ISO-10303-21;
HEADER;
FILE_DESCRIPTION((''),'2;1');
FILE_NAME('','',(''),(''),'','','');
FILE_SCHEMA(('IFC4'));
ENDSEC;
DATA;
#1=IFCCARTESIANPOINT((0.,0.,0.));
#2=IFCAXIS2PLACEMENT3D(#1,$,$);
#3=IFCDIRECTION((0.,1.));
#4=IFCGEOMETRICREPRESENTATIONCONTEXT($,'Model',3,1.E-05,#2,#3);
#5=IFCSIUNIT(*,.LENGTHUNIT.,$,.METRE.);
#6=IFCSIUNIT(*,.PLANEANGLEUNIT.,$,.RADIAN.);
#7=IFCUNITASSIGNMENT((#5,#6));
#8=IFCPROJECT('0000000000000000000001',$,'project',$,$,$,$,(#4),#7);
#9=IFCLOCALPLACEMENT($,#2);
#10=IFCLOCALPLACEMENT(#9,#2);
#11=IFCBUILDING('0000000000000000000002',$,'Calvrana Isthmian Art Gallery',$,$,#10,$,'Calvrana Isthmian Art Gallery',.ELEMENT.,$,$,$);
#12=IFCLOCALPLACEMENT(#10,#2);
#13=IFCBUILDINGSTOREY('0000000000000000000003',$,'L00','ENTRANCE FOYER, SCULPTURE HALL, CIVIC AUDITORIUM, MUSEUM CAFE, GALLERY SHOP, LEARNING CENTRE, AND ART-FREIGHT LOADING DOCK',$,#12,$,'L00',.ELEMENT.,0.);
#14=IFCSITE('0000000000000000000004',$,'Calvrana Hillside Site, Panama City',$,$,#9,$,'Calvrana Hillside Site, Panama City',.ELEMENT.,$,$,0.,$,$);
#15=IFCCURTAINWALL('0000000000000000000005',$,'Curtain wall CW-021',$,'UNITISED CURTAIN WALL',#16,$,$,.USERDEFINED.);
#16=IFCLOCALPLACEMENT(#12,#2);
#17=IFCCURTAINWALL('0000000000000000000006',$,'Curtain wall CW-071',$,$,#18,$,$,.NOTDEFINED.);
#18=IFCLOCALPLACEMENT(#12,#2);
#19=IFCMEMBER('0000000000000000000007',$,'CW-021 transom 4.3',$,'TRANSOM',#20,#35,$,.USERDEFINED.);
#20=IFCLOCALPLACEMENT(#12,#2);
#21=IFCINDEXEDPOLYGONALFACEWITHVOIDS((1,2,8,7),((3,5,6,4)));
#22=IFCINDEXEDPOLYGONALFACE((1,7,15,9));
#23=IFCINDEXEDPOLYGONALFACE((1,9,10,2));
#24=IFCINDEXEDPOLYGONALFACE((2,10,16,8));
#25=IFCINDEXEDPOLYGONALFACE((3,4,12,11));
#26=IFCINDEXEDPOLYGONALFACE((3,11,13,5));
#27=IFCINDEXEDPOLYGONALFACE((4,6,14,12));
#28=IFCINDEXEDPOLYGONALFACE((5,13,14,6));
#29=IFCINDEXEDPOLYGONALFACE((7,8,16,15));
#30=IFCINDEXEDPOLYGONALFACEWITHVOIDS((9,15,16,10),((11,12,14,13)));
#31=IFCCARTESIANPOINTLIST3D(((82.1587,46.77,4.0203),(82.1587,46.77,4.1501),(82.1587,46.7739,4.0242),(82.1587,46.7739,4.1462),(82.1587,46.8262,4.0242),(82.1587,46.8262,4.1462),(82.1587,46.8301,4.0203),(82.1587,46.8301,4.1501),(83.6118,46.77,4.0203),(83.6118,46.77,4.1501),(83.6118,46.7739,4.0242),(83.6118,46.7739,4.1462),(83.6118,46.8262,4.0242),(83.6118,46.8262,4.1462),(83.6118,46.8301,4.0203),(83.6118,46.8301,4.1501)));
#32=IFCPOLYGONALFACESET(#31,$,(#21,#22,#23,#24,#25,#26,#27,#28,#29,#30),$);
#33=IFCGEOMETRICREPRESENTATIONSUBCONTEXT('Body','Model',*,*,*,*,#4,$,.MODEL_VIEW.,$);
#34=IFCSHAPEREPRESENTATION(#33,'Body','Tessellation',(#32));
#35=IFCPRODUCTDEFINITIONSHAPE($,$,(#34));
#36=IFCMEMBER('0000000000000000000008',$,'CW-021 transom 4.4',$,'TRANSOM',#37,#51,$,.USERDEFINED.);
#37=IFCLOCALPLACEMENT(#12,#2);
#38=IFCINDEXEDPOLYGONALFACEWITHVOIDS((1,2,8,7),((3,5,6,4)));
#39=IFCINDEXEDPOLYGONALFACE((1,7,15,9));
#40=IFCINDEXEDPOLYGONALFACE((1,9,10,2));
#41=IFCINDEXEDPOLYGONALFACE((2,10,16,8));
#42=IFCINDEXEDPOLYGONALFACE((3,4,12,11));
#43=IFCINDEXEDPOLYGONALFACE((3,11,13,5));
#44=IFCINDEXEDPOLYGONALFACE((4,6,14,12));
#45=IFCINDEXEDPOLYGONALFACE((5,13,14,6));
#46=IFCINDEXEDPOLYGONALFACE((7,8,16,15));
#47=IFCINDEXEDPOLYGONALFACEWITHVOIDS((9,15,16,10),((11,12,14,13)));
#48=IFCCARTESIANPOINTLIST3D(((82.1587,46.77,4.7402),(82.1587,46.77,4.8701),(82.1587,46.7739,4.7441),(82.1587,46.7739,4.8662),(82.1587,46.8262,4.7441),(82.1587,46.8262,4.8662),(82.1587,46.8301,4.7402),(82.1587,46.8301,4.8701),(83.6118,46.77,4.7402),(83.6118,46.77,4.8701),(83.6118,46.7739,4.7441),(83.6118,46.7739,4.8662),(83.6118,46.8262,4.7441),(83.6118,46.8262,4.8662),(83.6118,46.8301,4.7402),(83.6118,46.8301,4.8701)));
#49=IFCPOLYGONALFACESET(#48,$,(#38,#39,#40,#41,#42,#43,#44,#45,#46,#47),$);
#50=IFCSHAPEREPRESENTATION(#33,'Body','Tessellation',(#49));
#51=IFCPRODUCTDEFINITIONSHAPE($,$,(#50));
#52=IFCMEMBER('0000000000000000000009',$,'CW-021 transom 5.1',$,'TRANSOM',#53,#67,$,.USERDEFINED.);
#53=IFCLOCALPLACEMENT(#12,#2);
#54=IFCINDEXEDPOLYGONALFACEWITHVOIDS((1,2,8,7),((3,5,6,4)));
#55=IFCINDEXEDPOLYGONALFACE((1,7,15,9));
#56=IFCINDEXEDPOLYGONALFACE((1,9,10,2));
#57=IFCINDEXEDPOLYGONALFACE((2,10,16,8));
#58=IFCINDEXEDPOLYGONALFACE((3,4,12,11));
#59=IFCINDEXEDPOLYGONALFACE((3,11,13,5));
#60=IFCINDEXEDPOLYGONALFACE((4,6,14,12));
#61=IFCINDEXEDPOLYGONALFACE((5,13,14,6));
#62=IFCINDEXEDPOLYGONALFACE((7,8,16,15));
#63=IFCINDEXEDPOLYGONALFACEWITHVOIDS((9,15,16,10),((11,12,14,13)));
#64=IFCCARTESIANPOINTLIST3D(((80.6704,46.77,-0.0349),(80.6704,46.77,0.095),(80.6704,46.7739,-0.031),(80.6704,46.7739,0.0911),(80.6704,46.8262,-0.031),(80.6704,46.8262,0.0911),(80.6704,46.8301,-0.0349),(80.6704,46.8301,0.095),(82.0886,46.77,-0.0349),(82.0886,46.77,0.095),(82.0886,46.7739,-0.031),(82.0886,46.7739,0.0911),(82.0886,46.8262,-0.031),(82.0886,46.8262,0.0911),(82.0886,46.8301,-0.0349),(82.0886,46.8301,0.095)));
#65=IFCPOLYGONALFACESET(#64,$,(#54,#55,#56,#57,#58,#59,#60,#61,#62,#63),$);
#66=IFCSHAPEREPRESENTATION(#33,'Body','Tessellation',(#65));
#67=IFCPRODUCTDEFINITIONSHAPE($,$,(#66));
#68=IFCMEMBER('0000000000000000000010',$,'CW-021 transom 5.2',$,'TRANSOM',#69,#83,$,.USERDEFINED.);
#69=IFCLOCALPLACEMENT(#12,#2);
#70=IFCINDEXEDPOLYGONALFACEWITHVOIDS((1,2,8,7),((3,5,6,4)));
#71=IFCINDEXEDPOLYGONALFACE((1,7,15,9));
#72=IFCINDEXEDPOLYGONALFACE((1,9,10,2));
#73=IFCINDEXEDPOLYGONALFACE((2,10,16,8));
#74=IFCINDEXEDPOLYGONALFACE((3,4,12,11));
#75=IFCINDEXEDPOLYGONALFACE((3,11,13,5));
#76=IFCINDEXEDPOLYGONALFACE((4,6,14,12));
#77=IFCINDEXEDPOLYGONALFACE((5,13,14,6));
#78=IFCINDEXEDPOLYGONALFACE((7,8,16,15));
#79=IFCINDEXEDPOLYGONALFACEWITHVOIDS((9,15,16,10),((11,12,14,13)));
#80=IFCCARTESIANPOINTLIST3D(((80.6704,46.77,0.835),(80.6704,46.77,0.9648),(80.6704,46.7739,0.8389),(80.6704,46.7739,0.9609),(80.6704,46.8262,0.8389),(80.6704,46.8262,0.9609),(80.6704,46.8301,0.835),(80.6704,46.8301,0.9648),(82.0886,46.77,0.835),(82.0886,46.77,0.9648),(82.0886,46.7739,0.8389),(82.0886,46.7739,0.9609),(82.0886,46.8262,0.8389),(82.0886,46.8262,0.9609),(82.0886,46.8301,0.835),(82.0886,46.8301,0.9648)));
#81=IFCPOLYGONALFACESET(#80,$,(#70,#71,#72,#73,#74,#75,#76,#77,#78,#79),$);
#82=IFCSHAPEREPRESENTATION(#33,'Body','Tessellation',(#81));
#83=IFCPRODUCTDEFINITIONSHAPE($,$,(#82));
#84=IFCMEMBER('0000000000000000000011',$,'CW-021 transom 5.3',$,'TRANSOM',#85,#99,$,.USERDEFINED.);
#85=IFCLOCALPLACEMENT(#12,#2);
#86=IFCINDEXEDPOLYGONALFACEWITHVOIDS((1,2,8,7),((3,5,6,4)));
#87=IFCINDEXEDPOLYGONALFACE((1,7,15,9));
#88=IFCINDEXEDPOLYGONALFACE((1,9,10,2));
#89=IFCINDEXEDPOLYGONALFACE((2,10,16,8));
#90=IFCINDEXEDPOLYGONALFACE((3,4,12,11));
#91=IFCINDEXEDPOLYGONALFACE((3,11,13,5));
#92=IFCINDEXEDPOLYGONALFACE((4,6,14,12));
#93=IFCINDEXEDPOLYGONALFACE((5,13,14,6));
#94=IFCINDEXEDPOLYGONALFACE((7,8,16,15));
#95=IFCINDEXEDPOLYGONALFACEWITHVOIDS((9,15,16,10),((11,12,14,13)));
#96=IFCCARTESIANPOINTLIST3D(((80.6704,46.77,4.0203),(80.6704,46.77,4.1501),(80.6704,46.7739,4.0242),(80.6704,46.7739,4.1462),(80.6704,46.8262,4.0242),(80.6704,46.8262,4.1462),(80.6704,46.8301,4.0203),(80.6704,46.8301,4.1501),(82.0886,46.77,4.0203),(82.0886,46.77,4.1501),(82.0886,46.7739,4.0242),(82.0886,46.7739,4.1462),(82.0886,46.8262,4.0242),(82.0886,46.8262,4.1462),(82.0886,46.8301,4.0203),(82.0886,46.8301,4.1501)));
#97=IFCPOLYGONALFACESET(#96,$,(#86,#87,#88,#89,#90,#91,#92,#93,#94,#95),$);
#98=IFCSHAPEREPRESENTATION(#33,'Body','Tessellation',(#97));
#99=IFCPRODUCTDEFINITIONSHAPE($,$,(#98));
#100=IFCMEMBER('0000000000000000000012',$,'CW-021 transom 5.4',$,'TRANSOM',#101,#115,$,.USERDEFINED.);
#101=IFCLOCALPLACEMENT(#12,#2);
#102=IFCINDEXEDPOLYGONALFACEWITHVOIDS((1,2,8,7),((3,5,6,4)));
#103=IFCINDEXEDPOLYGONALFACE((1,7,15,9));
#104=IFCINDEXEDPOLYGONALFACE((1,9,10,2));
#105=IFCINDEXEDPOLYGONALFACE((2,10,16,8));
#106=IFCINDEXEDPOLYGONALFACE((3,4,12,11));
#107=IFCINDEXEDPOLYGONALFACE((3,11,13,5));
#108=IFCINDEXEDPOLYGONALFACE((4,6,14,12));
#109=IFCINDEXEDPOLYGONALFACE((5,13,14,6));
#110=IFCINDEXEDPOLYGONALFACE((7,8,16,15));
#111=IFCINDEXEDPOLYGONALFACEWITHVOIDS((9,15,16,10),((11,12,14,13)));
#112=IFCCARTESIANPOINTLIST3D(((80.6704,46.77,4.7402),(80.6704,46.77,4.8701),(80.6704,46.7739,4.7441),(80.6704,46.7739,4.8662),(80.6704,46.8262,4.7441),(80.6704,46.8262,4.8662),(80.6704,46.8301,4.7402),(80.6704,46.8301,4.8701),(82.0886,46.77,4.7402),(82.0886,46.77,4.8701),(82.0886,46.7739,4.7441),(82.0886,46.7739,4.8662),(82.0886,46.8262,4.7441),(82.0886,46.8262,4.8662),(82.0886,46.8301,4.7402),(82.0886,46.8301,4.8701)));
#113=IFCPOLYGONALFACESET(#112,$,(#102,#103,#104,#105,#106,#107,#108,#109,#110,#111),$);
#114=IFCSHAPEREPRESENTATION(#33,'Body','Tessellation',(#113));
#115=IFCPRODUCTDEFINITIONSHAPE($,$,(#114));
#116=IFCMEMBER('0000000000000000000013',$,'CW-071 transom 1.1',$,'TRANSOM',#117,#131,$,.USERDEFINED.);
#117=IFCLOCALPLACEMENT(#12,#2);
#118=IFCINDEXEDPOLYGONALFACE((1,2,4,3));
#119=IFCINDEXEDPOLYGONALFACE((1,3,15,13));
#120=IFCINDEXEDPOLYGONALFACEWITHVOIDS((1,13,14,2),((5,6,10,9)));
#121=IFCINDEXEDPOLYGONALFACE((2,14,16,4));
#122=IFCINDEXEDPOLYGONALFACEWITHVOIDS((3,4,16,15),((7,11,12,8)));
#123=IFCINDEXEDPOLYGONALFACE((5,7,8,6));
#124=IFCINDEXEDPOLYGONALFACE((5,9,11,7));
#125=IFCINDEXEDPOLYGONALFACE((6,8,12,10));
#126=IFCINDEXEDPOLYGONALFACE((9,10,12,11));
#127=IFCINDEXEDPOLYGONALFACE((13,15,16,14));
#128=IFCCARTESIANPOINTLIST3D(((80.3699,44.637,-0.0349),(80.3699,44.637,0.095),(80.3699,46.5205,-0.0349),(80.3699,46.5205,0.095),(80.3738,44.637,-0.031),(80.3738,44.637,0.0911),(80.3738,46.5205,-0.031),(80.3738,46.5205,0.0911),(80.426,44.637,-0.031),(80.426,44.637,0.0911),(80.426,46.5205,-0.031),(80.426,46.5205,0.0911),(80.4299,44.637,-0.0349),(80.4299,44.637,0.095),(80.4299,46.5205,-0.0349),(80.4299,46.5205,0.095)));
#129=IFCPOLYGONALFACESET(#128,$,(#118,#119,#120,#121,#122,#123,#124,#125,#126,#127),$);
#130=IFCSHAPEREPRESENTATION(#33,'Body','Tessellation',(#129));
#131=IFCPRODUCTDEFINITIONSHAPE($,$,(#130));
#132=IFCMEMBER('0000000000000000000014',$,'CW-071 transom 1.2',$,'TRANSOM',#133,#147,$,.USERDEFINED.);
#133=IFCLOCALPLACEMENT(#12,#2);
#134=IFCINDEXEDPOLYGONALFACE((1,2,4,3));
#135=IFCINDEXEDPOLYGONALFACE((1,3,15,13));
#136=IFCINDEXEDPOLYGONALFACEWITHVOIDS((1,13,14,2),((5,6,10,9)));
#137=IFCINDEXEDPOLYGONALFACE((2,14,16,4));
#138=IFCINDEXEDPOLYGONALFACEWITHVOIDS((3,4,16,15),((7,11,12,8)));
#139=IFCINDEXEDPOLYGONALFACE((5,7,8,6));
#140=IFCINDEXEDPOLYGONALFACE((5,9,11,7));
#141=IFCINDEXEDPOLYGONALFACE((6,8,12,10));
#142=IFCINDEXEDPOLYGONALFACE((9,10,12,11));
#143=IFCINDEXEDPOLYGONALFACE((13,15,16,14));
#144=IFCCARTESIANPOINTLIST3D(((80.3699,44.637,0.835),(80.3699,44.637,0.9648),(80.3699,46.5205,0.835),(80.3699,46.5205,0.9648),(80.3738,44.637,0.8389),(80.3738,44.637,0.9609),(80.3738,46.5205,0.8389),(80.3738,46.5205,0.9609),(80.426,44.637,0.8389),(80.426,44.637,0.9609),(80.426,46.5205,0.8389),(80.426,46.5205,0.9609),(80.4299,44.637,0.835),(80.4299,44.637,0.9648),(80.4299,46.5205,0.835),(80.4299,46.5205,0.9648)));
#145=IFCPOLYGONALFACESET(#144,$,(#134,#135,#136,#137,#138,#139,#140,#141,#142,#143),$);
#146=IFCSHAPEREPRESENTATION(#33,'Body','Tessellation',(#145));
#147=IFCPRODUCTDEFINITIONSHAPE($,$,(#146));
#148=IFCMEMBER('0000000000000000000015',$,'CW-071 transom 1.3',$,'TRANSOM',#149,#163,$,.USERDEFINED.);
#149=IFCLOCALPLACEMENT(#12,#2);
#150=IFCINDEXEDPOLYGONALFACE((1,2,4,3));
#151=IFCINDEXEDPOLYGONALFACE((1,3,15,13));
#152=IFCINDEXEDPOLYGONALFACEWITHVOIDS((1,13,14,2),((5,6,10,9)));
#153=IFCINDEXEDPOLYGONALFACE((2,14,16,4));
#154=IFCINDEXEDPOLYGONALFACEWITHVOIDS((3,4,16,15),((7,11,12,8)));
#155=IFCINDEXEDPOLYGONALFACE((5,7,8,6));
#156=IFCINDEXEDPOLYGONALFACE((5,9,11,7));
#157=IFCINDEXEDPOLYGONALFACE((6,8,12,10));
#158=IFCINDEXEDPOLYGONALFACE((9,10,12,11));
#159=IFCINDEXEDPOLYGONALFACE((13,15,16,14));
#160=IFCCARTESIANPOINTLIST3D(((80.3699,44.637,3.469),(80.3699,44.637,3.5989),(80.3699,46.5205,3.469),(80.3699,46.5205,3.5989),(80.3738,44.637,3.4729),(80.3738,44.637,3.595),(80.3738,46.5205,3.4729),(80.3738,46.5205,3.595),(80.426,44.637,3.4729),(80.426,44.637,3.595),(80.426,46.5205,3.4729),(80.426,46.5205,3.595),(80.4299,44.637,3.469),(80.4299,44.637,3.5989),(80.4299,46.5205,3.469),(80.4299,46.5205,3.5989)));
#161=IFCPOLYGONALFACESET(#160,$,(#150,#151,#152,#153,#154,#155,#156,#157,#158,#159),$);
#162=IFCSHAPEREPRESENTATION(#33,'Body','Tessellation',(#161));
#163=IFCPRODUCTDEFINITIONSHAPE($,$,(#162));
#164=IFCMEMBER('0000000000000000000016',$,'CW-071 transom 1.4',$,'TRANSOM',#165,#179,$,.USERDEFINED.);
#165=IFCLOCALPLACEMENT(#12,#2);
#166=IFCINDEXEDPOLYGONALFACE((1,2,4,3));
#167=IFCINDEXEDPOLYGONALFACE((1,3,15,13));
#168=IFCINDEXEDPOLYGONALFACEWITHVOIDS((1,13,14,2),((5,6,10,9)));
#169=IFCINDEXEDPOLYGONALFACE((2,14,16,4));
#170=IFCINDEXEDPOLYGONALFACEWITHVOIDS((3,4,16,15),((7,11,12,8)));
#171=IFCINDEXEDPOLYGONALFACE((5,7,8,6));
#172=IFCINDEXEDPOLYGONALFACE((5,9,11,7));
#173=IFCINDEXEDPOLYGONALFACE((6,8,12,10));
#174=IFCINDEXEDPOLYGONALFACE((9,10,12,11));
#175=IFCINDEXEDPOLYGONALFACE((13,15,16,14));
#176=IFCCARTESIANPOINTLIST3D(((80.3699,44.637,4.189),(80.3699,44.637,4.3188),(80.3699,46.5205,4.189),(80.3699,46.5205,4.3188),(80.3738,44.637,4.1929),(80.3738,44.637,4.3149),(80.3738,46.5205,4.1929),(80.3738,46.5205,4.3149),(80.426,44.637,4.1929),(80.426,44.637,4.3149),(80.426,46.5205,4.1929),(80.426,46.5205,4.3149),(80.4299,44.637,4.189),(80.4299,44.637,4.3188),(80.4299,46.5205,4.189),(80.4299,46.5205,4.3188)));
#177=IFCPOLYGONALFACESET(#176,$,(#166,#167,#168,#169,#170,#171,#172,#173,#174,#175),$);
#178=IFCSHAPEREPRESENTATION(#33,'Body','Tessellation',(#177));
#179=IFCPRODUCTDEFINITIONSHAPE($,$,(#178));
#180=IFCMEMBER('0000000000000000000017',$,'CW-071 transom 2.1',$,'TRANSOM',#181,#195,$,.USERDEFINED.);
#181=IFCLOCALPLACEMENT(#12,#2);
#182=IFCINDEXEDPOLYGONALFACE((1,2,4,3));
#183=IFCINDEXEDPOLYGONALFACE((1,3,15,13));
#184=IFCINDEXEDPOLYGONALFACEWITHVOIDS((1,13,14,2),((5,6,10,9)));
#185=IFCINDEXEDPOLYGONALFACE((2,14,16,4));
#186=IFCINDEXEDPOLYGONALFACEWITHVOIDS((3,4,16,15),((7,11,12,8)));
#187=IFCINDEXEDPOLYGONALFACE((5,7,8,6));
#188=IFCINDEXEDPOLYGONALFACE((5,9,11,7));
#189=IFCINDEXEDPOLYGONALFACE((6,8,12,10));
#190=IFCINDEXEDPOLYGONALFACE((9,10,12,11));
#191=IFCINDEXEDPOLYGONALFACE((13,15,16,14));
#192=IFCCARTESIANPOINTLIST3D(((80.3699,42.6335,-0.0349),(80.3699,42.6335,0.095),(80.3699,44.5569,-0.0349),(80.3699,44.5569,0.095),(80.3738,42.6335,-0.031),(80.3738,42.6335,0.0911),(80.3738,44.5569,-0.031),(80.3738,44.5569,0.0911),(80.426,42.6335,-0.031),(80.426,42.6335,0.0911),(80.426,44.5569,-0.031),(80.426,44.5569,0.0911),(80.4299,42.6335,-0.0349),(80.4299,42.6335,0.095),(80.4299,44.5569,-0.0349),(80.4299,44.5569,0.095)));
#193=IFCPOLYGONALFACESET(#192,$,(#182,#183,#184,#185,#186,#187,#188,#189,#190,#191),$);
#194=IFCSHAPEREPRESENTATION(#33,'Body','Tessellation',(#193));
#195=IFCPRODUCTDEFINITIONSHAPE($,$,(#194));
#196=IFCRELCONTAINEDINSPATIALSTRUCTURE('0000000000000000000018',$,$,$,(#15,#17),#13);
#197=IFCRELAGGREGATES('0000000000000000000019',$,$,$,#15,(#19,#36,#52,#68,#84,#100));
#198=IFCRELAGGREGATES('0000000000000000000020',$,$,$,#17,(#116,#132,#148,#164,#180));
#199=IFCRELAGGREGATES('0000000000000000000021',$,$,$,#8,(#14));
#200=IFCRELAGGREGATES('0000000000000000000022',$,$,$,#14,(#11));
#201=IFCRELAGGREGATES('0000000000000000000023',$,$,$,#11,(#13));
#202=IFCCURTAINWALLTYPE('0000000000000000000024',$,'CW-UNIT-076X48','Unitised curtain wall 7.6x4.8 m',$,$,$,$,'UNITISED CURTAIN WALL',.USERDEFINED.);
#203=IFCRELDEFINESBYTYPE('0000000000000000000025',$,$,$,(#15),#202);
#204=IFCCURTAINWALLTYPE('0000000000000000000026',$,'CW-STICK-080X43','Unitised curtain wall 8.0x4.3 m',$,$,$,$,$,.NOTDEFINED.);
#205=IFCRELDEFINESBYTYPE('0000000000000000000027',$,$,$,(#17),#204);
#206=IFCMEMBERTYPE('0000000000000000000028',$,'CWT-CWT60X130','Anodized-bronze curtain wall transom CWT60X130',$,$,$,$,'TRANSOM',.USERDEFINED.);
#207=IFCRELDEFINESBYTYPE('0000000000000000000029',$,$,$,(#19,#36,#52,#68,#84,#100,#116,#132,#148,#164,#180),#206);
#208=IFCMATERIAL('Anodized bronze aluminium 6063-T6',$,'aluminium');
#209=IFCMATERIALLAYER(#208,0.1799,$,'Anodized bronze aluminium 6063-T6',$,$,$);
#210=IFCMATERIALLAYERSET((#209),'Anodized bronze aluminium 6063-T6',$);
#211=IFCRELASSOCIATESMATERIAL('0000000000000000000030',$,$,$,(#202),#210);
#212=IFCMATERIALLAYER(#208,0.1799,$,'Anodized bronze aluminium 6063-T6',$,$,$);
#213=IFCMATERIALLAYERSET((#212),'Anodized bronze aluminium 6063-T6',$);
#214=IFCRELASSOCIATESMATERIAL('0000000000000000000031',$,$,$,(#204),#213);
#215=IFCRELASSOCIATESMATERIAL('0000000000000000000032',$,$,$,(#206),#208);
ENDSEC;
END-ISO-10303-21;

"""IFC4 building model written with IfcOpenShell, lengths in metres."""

from ifc_helpers import new_model, si_unit, direction, frame, origin, origin_2d, place, context, subcontext, project, spatial, hollow_rectangle, extrude, material, layer, layer_set, material_profile, profile_set, type_object, element, aggregate, save


model = new_model("IFC4")

# Units and contexts
model_context = context("Model", 3, precision=1e-05, world=origin(), true_north=direction((0.0, 1.0)))
body_context = subcontext(model_context, "Body", "Model", "MODEL_VIEW")
ifc_project = project(units=[si_unit("LENGTHUNIT", "METRE"), si_unit("PLANEANGLEUNIT", "RADIAN")], contexts=[model_context])

# Site, building, storey
site_placement = place(None, origin())
site = spatial("IfcSite", under=ifc_project, at=site_placement, Name="Calvrana Hillside Site, Panama City", LongName="Calvrana Hillside Site, Panama City", CompositionType="ELEMENT", RefElevation=0.0)
building_placement = place(site_placement, origin())
building = spatial("IfcBuilding", under=site, at=building_placement, Name="Calvrana Isthmian Art Gallery", LongName="Calvrana Isthmian Art Gallery", CompositionType="ELEMENT")
storey_placement = place(building_placement, origin())
storey = spatial("IfcBuildingStorey", under=building, at=storey_placement, Name="L00", Description="ENTRANCE FOYER, SCULPTURE HALL, CIVIC AUDITORIUM, MUSEUM CAFE, GALLERY SHOP, LEARNING CENTRE, AND ART-FREIGHT LOADING DOCK", LongName="L00", CompositionType="ELEMENT", Elevation=0.0)

# Curtain walls
ifc_material_1 = material(Name="Anodized bronze aluminium 6063-T6", Category="aluminium")
ifc_layer_1 = layer(ifc_material_1, 0.1799, Name="Anodized bronze aluminium 6063-T6")
ifc_layer_set_1 = layer_set([ifc_layer_1], Name="Anodized bronze aluminium 6063-T6")
curtain_wall_type_1 = type_object("IfcCurtainWallType", Name="CW-UNIT-076X48", Description="Unitised curtain wall 7.6x4.8 m", ElementType="UNITISED CURTAIN WALL", PredefinedType="USERDEFINED", material=ifc_layer_set_1)
curtain_wall_1_placement = place(storey_placement, origin())
curtain_wall_1 = element("IfcCurtainWall", 1, at=curtain_wall_1_placement, inside=storey, type_object=curtain_wall_type_1, Name="Curtain wall CW-021", ObjectType="UNITISED CURTAIN WALL", PredefinedType="USERDEFINED")
ifc_layer_2 = layer(ifc_material_1, 0.1799, Name="Anodized bronze aluminium 6063-T6")
ifc_layer_set_2 = layer_set([ifc_layer_2], Name="Anodized bronze aluminium 6063-T6")
curtain_wall_type_2 = type_object("IfcCurtainWallType", Name="CW-STICK-080X43", Description="Unitised curtain wall 8.0x4.3 m", PredefinedType="NOTDEFINED", material=ifc_layer_set_2)
curtain_wall_2_placement = place(storey_placement, origin())
curtain_wall_2 = element("IfcCurtainWall", 2, at=curtain_wall_2_placement, inside=storey, type_object=curtain_wall_type_2, Name="Curtain wall CW-071", PredefinedType="NOTDEFINED")

# Members
ifc_material_profile_1 = material_profile(ifc_material_1, hollow_rectangle(XDim=0.0601, YDim=0.1299, WallThickness=0.0039, at=origin_2d()), Name="CWT60X130")
ifc_profile_set_1 = profile_set([ifc_material_profile_1], Name="Anodized bronze aluminium 6063-T6")
member_type_1 = type_object("IfcMemberType", Name="CWT-CWT60X130", Description="Anodized-bronze curtain wall transom CWT60X130", ElementType="TRANSOM", PredefinedType="USERDEFINED", material=ifc_profile_set_1)
member_1_placement = place(storey_placement, frame((83.6118, 46.8, 4.0852), z_axis=(-1.0, 0.0, 0.0), x_axis=(0.0, -1.0, 0.0)))
member_1 = element("IfcMember", 3, at=member_1_placement, type_object=member_type_1, Name="CW-021 transom 4.3", ObjectType="TRANSOM", PredefinedType="USERDEFINED", context=body_context, shape_type="SweptSolid", body=[
    extrude(hollow_rectangle(XDim=0.0601, YDim=0.1299, WallThickness=0.0039, at=origin_2d()), origin(), (0.0, 0.0, 1.0), 1.4531),
])
member_2_placement = place(storey_placement, frame((83.6118, 46.8, 4.8052), z_axis=(-1.0, 0.0, 0.0), x_axis=(0.0, -1.0, 0.0)))
member_2 = element("IfcMember", 4, at=member_2_placement, type_object=member_type_1, Name="CW-021 transom 4.4", ObjectType="TRANSOM", PredefinedType="USERDEFINED", context=body_context, shape_type="SweptSolid", body=[
    extrude(hollow_rectangle(XDim=0.0601, YDim=0.1299, WallThickness=0.0039, at=origin_2d()), origin(), (0.0, 0.0, 1.0), 1.4531),
])
member_3_placement = place(storey_placement, frame((82.0886, 46.8, 0.03), z_axis=(-1.0, 0.0, 0.0), x_axis=(0.0, -1.0, 0.0)))
member_3 = element("IfcMember", 5, at=member_3_placement, type_object=member_type_1, Name="CW-021 transom 5.1", ObjectType="TRANSOM", PredefinedType="USERDEFINED", context=body_context, shape_type="SweptSolid", body=[
    extrude(hollow_rectangle(XDim=0.0601, YDim=0.1299, WallThickness=0.0039, at=origin_2d()), origin(), (0.0, 0.0, 1.0), 1.4182),
])
member_4_placement = place(storey_placement, frame((82.0886, 46.8, 0.8999), z_axis=(-1.0, 0.0, 0.0), x_axis=(0.0, -1.0, 0.0)))
member_4 = element("IfcMember", 6, at=member_4_placement, type_object=member_type_1, Name="CW-021 transom 5.2", ObjectType="TRANSOM", PredefinedType="USERDEFINED", context=body_context, shape_type="SweptSolid", body=[
    extrude(hollow_rectangle(XDim=0.0601, YDim=0.1299, WallThickness=0.0039, at=origin_2d()), origin(), (0.0, 0.0, 1.0), 1.4182),
])
member_5_placement = place(storey_placement, frame((82.0886, 46.8, 4.0852), z_axis=(-1.0, 0.0, 0.0), x_axis=(0.0, -1.0, 0.0)))
member_5 = element("IfcMember", 7, at=member_5_placement, type_object=member_type_1, Name="CW-021 transom 5.3", ObjectType="TRANSOM", PredefinedType="USERDEFINED", context=body_context, shape_type="SweptSolid", body=[
    extrude(hollow_rectangle(XDim=0.0601, YDim=0.1299, WallThickness=0.0039, at=origin_2d()), origin(), (0.0, 0.0, 1.0), 1.4182),
])
member_6_placement = place(storey_placement, frame((82.0886, 46.8, 4.8052), z_axis=(-1.0, 0.0, 0.0), x_axis=(0.0, -1.0, 0.0)))
member_6 = element("IfcMember", 8, at=member_6_placement, type_object=member_type_1, Name="CW-021 transom 5.4", ObjectType="TRANSOM", PredefinedType="USERDEFINED", context=body_context, shape_type="SweptSolid", body=[
    extrude(hollow_rectangle(XDim=0.0601, YDim=0.1299, WallThickness=0.0039, at=origin_2d()), origin(), (0.0, 0.0, 1.0), 1.4182),
])
member_7_placement = place(storey_placement, frame((80.3999, 46.5205, 0.03), z_axis=(0.0, -1.0, 0.0), x_axis=(1.0, 0.0, 0.0)))
member_7 = element("IfcMember", 9, at=member_7_placement, type_object=member_type_1, Name="CW-071 transom 1.1", ObjectType="TRANSOM", PredefinedType="USERDEFINED", context=body_context, shape_type="SweptSolid", body=[
    extrude(hollow_rectangle(XDim=0.0601, YDim=0.1299, WallThickness=0.0039, at=origin_2d()), origin(), (0.0, 0.0, 1.0), 1.8835),
])
member_8_placement = place(storey_placement, frame((80.3999, 46.5205, 0.8999), z_axis=(0.0, -1.0, 0.0), x_axis=(1.0, 0.0, 0.0)))
member_8 = element("IfcMember", 10, at=member_8_placement, type_object=member_type_1, Name="CW-071 transom 1.2", ObjectType="TRANSOM", PredefinedType="USERDEFINED", context=body_context, shape_type="SweptSolid", body=[
    extrude(hollow_rectangle(XDim=0.0601, YDim=0.1299, WallThickness=0.0039, at=origin_2d()), origin(), (0.0, 0.0, 1.0), 1.8835),
])
member_9_placement = place(storey_placement, frame((80.3999, 46.5205, 3.5339), z_axis=(0.0, -1.0, 0.0), x_axis=(1.0, 0.0, 0.0)))
member_9 = element("IfcMember", 11, at=member_9_placement, type_object=member_type_1, Name="CW-071 transom 1.3", ObjectType="TRANSOM", PredefinedType="USERDEFINED", context=body_context, shape_type="SweptSolid", body=[
    extrude(hollow_rectangle(XDim=0.0601, YDim=0.1299, WallThickness=0.0039, at=origin_2d()), origin(), (0.0, 0.0, 1.0), 1.8835),
])
member_10_placement = place(storey_placement, frame((80.3999, 46.5205, 4.2539), z_axis=(0.0, -1.0, 0.0), x_axis=(1.0, 0.0, 0.0)))
member_10 = element("IfcMember", 12, at=member_10_placement, type_object=member_type_1, Name="CW-071 transom 1.4", ObjectType="TRANSOM", PredefinedType="USERDEFINED", context=body_context, shape_type="SweptSolid", body=[
    extrude(hollow_rectangle(XDim=0.0601, YDim=0.1299, WallThickness=0.0039, at=origin_2d()), origin(), (0.0, 0.0, 1.0), 1.8835),
])
member_11_placement = place(storey_placement, frame((80.3999, 44.5569, 0.03), z_axis=(0.0, -1.0, 0.0), x_axis=(1.0, 0.0, 0.0)))
member_11 = element("IfcMember", 13, at=member_11_placement, type_object=member_type_1, Name="CW-071 transom 2.1", ObjectType="TRANSOM", PredefinedType="USERDEFINED", context=body_context, shape_type="SweptSolid", body=[
    extrude(hollow_rectangle(XDim=0.0601, YDim=0.1299, WallThickness=0.0039, at=origin_2d()), origin(), (0.0, 0.0, 1.0), 1.9233),
])

aggregate(curtain_wall_1, [member_1, member_2, member_3, member_4, member_5, member_6])
aggregate(curtain_wall_2, [member_7, member_8, member_9, member_10, member_11])

save(model, "model.ifc")
